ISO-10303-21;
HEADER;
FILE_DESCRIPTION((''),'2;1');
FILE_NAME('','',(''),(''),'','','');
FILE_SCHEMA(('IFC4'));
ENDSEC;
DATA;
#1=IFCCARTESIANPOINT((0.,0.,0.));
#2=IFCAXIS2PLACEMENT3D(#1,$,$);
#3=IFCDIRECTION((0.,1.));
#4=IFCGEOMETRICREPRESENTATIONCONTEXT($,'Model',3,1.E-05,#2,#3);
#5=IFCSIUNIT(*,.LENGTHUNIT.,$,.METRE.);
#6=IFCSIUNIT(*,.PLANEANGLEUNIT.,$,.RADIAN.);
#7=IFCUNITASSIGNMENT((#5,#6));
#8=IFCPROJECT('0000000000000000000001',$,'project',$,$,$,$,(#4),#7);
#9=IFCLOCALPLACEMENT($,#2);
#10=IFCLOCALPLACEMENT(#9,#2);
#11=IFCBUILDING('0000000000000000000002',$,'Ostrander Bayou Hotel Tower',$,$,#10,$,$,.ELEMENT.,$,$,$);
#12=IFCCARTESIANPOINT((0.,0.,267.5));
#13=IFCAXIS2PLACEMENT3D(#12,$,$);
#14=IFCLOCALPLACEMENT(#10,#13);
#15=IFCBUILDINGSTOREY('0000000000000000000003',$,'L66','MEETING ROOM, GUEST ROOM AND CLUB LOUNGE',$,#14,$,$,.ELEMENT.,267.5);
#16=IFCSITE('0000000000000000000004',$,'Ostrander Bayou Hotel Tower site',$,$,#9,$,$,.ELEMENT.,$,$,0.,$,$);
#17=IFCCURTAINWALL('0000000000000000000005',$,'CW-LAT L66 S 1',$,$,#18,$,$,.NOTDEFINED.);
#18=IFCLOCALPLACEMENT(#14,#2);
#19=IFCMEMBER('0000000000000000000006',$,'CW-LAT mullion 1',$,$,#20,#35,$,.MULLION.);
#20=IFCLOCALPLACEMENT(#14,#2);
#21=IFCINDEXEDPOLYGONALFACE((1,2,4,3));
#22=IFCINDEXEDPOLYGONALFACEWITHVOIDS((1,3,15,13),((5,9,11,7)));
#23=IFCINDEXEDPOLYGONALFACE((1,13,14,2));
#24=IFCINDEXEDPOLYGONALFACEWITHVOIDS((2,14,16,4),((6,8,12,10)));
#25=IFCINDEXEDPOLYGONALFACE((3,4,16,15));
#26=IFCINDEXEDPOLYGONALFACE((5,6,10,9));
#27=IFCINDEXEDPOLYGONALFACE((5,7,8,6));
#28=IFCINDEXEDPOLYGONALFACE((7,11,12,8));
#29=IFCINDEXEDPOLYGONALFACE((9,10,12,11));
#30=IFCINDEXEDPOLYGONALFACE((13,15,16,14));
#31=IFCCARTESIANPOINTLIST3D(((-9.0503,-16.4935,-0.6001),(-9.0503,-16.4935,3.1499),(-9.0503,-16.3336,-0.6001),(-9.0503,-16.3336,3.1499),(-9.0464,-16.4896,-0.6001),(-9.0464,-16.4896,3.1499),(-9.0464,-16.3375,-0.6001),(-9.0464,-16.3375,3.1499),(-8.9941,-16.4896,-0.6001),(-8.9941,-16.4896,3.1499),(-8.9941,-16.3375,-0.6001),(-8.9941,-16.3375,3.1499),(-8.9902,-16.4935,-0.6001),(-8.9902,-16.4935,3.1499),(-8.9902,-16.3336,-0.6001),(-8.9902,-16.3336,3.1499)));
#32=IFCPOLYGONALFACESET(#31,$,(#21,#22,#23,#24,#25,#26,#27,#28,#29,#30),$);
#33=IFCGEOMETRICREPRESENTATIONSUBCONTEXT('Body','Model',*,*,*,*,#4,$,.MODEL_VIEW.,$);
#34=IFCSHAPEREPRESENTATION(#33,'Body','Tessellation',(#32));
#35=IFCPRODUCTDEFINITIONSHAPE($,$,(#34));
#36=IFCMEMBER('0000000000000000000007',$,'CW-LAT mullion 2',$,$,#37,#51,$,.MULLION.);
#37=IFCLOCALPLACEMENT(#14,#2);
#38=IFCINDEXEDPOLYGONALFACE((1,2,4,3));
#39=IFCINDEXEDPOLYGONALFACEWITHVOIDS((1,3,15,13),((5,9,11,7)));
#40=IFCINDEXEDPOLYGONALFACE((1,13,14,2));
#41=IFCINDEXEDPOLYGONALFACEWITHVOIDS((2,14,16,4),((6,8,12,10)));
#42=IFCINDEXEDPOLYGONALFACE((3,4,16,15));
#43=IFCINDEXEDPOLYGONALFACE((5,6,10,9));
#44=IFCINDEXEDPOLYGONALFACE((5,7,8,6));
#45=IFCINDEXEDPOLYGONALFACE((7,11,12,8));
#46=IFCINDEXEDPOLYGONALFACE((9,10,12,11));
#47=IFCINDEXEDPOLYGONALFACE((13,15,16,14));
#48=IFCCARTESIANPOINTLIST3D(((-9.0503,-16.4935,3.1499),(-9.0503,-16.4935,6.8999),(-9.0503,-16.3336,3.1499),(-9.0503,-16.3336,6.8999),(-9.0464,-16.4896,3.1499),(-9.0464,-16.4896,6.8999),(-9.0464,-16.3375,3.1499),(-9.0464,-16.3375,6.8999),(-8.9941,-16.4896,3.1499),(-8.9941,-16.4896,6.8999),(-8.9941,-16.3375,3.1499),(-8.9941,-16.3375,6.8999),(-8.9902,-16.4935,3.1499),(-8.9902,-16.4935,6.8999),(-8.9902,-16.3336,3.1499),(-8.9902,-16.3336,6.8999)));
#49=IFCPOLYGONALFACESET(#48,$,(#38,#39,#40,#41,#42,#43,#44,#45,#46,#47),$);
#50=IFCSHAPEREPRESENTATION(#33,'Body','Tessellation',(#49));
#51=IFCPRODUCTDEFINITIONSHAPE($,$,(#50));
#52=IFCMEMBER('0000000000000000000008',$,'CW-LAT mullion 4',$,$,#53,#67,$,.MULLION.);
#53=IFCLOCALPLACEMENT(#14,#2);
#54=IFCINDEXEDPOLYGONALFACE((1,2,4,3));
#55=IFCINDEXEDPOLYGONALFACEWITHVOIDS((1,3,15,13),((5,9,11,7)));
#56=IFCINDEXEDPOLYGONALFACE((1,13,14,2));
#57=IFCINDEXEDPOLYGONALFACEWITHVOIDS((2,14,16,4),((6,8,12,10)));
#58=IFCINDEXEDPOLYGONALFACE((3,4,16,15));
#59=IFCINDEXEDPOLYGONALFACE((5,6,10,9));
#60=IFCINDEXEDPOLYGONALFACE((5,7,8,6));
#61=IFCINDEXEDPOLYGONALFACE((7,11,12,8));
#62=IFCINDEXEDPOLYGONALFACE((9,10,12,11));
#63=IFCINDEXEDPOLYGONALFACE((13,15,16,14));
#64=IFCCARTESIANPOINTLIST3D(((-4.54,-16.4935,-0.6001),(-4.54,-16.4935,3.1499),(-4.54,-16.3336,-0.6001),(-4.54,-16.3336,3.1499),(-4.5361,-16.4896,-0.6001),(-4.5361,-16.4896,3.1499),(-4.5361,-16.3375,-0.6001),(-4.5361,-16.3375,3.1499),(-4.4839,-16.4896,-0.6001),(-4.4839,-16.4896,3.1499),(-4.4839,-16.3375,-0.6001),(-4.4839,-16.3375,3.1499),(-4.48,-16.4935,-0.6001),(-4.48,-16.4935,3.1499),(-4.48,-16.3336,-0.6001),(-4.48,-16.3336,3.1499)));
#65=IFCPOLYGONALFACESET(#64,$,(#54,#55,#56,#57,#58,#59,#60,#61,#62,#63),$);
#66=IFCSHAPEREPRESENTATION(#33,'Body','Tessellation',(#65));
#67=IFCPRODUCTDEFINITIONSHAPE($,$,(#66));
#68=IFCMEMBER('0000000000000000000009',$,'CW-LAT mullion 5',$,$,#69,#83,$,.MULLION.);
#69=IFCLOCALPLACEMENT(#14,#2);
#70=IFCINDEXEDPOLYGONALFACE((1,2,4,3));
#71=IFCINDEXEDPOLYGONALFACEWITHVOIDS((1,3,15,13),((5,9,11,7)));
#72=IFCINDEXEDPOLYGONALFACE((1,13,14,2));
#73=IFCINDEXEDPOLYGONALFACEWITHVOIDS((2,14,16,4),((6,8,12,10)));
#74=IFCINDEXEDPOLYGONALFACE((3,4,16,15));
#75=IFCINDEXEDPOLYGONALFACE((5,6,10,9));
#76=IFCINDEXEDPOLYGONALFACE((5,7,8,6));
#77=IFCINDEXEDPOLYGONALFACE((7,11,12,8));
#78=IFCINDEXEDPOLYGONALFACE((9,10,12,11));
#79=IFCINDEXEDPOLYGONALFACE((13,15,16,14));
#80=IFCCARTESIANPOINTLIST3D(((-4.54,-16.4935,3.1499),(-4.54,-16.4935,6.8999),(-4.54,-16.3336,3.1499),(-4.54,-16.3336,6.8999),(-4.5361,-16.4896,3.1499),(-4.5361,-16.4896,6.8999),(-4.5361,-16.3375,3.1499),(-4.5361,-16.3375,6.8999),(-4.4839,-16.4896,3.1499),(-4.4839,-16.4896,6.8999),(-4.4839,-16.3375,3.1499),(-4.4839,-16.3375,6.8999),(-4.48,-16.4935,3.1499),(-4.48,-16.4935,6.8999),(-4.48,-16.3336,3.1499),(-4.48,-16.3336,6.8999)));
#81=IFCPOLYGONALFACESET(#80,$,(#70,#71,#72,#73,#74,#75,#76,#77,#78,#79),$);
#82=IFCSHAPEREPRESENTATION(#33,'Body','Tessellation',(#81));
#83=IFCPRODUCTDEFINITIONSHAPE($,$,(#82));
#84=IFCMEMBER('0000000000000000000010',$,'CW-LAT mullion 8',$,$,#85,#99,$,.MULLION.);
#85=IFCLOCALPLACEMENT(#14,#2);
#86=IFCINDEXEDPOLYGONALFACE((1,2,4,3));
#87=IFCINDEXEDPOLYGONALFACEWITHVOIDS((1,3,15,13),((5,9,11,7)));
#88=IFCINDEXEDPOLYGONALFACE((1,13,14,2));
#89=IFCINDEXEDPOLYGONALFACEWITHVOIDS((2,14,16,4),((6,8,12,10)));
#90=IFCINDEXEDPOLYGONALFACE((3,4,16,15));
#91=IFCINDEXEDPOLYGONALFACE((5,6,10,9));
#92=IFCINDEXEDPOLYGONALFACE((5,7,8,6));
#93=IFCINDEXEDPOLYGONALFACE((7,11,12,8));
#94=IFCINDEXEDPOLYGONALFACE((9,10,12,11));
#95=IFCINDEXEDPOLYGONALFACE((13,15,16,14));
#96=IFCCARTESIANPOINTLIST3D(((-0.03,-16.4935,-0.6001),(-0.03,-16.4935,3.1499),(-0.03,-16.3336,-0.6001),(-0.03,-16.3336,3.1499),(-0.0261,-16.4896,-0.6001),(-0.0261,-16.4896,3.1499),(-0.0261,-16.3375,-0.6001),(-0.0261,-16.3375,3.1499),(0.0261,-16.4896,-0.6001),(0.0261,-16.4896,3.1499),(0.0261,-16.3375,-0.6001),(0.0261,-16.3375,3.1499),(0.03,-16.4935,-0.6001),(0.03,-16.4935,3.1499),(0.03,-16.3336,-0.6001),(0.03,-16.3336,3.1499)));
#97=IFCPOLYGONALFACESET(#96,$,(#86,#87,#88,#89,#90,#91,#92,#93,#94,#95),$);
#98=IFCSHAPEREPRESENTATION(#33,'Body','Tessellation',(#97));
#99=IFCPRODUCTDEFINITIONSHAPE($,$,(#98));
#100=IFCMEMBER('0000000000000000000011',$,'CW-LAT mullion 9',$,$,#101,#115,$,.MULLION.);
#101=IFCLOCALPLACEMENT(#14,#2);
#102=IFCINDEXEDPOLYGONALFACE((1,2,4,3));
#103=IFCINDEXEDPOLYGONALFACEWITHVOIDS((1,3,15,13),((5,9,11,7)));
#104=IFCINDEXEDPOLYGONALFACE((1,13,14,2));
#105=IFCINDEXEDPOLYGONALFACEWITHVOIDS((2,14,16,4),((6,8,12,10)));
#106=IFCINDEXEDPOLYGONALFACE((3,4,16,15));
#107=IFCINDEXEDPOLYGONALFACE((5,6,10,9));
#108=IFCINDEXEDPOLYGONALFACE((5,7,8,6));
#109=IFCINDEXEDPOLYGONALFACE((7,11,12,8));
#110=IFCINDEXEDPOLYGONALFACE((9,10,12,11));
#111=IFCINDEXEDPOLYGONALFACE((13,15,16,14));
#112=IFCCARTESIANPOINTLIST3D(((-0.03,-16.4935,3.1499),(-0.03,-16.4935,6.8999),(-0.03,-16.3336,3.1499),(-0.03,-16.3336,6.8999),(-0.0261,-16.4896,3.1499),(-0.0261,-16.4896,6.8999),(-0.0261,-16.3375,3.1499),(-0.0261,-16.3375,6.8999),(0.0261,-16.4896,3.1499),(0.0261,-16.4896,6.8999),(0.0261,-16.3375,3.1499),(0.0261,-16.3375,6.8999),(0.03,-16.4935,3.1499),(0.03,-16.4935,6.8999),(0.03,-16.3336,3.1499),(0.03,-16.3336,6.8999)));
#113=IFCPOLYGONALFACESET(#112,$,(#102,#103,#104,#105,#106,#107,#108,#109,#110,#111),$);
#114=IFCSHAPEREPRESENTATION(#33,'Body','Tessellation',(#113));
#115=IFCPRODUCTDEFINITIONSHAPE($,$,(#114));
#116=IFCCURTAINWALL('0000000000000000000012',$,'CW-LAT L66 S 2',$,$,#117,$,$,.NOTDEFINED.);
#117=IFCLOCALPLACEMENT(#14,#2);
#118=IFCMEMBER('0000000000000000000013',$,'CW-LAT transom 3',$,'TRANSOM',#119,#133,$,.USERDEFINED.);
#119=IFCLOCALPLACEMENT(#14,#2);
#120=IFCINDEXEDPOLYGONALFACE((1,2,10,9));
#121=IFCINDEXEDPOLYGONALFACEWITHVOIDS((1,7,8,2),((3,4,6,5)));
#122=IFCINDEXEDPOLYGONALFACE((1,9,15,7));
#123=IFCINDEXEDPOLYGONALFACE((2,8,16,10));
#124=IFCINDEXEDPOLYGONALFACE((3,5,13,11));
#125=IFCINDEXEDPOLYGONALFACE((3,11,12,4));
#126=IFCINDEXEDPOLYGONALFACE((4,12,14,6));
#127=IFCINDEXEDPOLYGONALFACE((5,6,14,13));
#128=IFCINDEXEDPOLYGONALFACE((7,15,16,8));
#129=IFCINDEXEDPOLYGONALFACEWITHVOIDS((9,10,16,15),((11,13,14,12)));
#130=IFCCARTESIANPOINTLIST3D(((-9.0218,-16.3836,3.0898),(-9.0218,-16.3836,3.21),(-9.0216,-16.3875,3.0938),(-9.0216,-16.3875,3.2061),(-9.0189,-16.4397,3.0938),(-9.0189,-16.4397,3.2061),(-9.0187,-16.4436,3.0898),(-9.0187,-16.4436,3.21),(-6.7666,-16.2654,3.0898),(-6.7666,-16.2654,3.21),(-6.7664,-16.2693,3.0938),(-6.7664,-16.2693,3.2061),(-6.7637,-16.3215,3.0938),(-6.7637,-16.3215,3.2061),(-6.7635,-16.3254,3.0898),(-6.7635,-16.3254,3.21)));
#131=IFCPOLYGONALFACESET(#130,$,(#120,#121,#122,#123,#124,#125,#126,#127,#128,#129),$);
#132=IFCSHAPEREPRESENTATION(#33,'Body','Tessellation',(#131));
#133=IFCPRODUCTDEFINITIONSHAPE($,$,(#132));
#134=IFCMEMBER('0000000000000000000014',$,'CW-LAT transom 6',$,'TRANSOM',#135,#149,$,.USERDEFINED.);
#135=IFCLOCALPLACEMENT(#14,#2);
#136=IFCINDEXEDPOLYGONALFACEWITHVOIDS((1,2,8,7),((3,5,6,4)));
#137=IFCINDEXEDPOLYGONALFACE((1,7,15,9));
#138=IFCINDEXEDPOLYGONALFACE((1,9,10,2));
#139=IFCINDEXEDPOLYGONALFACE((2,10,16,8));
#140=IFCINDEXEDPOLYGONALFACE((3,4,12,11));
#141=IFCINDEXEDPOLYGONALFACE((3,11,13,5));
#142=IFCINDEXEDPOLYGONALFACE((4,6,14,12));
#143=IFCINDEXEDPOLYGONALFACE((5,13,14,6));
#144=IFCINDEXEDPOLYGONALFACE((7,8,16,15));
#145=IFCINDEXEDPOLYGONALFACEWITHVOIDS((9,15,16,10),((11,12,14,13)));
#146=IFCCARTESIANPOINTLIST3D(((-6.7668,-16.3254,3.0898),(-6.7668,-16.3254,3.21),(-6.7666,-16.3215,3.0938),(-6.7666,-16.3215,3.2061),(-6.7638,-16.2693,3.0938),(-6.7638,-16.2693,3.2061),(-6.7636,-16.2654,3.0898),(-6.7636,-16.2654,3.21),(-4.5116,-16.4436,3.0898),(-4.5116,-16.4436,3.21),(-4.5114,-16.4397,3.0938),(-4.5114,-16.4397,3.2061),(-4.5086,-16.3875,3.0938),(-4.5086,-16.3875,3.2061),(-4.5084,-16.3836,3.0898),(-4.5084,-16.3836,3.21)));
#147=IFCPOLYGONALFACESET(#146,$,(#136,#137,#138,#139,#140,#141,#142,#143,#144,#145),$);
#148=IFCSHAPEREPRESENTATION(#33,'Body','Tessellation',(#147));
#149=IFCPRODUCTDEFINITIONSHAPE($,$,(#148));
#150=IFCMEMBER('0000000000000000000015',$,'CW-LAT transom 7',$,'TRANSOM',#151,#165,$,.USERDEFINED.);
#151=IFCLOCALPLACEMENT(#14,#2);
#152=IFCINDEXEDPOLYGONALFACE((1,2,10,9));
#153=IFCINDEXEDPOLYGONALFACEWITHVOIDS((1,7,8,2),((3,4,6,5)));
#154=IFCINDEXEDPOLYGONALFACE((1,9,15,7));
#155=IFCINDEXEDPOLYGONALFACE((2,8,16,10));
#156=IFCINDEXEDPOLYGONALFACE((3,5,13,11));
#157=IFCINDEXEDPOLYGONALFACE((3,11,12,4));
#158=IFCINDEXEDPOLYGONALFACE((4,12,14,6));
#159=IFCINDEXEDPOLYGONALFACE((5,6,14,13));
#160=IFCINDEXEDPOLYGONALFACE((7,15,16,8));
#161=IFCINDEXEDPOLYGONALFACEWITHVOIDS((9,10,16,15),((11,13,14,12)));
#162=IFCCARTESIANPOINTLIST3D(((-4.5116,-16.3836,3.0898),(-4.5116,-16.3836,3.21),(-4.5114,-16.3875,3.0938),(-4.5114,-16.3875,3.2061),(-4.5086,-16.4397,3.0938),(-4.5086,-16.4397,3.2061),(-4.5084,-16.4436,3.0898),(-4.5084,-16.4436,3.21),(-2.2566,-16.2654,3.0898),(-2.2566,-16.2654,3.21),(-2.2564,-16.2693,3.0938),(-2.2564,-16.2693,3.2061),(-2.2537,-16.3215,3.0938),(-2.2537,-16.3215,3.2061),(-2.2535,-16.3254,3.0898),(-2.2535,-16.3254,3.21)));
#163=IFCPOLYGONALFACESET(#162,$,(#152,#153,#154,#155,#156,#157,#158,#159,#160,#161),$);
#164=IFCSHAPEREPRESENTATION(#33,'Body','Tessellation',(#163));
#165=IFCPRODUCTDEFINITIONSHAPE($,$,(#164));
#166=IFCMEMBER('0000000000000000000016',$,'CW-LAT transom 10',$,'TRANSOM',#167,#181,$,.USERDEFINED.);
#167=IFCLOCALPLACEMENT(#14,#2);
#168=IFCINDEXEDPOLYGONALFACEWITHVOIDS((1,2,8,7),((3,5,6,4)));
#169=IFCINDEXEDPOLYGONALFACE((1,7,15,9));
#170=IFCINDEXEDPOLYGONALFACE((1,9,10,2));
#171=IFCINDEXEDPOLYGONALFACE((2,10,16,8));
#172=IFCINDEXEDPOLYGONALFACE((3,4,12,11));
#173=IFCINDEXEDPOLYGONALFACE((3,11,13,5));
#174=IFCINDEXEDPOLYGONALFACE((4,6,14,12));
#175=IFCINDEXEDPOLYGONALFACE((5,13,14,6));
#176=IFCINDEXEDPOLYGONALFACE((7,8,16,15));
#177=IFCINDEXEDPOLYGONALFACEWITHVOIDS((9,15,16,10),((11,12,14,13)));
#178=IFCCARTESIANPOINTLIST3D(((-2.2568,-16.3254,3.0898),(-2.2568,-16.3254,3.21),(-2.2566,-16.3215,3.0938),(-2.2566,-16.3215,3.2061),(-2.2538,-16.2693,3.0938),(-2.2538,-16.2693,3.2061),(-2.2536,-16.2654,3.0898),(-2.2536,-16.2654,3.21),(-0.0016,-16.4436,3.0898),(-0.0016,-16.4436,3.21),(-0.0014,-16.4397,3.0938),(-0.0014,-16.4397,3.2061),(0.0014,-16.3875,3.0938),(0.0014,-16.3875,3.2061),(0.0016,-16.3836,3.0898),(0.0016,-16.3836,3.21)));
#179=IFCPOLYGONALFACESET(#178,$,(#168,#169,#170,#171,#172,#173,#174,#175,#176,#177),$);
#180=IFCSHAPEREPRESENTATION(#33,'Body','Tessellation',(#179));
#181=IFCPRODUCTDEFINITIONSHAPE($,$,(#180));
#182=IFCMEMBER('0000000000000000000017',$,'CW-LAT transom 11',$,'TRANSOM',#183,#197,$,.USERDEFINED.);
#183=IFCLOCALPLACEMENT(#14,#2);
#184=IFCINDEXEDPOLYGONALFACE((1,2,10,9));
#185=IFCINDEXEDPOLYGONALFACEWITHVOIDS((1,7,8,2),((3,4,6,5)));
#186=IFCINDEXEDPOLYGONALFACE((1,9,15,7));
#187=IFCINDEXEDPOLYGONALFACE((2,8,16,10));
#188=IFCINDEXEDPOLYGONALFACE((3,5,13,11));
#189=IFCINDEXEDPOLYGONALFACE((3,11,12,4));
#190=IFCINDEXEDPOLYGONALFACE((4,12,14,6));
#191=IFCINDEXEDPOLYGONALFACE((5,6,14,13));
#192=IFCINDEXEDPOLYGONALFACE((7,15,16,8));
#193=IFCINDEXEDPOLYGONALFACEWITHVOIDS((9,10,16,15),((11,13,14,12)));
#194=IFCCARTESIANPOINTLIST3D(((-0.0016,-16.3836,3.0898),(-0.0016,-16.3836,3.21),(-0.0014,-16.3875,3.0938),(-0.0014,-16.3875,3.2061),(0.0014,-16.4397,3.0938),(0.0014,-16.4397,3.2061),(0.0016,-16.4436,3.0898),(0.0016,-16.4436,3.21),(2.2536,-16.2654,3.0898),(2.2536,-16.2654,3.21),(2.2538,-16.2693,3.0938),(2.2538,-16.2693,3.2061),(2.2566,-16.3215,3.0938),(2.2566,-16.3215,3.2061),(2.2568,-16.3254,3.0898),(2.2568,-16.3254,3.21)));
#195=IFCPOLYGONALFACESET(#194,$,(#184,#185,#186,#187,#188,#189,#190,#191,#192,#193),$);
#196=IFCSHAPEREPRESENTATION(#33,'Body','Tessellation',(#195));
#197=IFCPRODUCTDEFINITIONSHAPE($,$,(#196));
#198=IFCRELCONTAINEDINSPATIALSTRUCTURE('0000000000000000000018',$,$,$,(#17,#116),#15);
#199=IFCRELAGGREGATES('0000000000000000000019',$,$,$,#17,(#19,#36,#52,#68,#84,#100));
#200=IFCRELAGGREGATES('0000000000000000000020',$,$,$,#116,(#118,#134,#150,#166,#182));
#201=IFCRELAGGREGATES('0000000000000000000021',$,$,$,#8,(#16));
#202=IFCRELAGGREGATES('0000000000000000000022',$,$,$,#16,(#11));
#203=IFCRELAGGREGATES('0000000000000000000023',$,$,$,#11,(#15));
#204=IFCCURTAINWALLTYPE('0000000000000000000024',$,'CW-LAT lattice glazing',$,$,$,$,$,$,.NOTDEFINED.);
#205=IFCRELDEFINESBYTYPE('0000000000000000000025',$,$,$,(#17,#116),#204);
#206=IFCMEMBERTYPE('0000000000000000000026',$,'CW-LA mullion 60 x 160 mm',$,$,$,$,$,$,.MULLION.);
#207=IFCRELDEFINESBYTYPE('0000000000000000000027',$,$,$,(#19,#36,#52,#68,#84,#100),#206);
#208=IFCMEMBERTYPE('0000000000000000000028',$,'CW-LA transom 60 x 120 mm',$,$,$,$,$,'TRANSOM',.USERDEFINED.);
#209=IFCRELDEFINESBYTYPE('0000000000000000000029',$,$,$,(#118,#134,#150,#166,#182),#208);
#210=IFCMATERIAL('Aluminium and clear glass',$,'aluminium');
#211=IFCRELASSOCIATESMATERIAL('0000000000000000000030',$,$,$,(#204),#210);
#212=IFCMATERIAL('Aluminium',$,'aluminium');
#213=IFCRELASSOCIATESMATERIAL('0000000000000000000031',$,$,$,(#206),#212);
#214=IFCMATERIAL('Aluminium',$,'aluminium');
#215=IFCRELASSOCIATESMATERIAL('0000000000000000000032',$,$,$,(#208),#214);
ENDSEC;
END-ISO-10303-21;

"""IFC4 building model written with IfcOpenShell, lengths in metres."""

from ifc_helpers import new_model, si_unit, direction, frame, origin, origin_2d, place, context, subcontext, project, spatial, hollow_rectangle, extrude, material, material_profile, profile_set, type_object, element, aggregate, save


model = new_model("IFC4")

# Units and contexts
model_context = context("Model", 3, precision=1e-05, world=origin(), true_north=direction((0.0, 1.0)))
body_context = subcontext(model_context, "Body", "Model", "MODEL_VIEW")
ifc_project = project(units=[si_unit("LENGTHUNIT", "METRE"), si_unit("PLANEANGLEUNIT", "RADIAN")], contexts=[model_context])

# Site, building, storey
site_placement = place(None, origin())
site = spatial("IfcSite", under=ifc_project, at=site_placement, Name="Ostrander Bayou Hotel Tower site", CompositionType="ELEMENT", RefElevation=0.0)
building_placement = place(site_placement, origin())
building = spatial("IfcBuilding", under=site, at=building_placement, Name="Ostrander Bayou Hotel Tower", CompositionType="ELEMENT")
storey_placement = place(building_placement, frame((0.0, 0.0, 267.5)))
storey = spatial("IfcBuildingStorey", under=building, at=storey_placement, Name="L66", Description="MEETING ROOM, GUEST ROOM AND CLUB LOUNGE", CompositionType="ELEMENT", Elevation=267.5)

# Curtain walls, members
ifc_material_1 = material(Name="Aluminium and clear glass", Category="aluminium")
curtain_wall_type = type_object("IfcCurtainWallType", Name="CW-LAT lattice glazing", PredefinedType="NOTDEFINED", material=ifc_material_1)
curtain_wall_1_placement = place(storey_placement, origin())
curtain_wall_1 = element("IfcCurtainWall", 1, at=curtain_wall_1_placement, inside=storey, type_object=curtain_wall_type, Name="CW-LAT L66 S 1", PredefinedType="NOTDEFINED")
ifc_material_2 = material(Name="Aluminium", Category="aluminium")
ifc_material_profile_1 = material_profile(ifc_material_2, hollow_rectangle(XDim=0.0601, YDim=0.1599, WallThickness=0.0039, at=origin_2d()))
ifc_profile_set_1 = profile_set([ifc_material_profile_1], Name="Aluminium")
member_type_1 = type_object("IfcMemberType", Name="CW-LA mullion 60 x 160 mm", PredefinedType="MULLION", material=ifc_profile_set_1)
member_1_placement = place(storey_placement, frame((-9.0203, -16.4136, -0.6001), z_axis=(0.0, 0.0, 1.0), x_axis=(1.0, 0.0, 0.0)))
member_1 = element("IfcMember", 2, at=member_1_placement, type_object=member_type_1, Name="CW-LAT mullion 1", PredefinedType="MULLION", context=body_context, shape_type="SweptSolid", body=[
    extrude(hollow_rectangle(XDim=0.0601, YDim=0.1599, WallThickness=0.0039, at=origin_2d()), origin(), (0.0, 0.0, 1.0), 3.75),
])
member_2_placement = place(storey_placement, frame((-9.0203, -16.4136, 3.1499), z_axis=(0.0, 0.0, 1.0), x_axis=(1.0, 0.0, 0.0)))
member_2 = element("IfcMember", 3, at=member_2_placement, type_object=member_type_1, Name="CW-LAT mullion 2", PredefinedType="MULLION", context=body_context, shape_type="SweptSolid", body=[
    extrude(hollow_rectangle(XDim=0.0601, YDim=0.1599, WallThickness=0.0039, at=origin_2d()), origin(), (0.0, 0.0, 1.0), 3.75),
])
member_3_placement = place(storey_placement, frame((-4.51, -16.4136, -0.6001), z_axis=(0.0, 0.0, 1.0), x_axis=(1.0, 0.0, 0.0)))
member_3 = element("IfcMember", 4, at=member_3_placement, type_object=member_type_1, Name="CW-LAT mullion 4", PredefinedType="MULLION", context=body_context, shape_type="SweptSolid", body=[
    extrude(hollow_rectangle(XDim=0.0601, YDim=0.1599, WallThickness=0.0039, at=origin_2d()), origin(), (0.0, 0.0, 1.0), 3.75),
])
member_4_placement = place(storey_placement, frame((-4.51, -16.4136, 3.1499), z_axis=(0.0, 0.0, 1.0), x_axis=(1.0, 0.0, 0.0)))
member_4 = element("IfcMember", 5, at=member_4_placement, type_object=member_type_1, Name="CW-LAT mullion 5", PredefinedType="MULLION", context=body_context, shape_type="SweptSolid", body=[
    extrude(hollow_rectangle(XDim=0.0601, YDim=0.1599, WallThickness=0.0039, at=origin_2d()), origin(), (0.0, 0.0, 1.0), 3.75),
])
member_5_placement = place(storey_placement, frame((0.0, -16.4136, -0.6001), z_axis=(0.0, 0.0, 1.0), x_axis=(1.0, 0.0, 0.0)))
member_5 = element("IfcMember", 6, at=member_5_placement, type_object=member_type_1, Name="CW-LAT mullion 8", PredefinedType="MULLION", context=body_context, shape_type="SweptSolid", body=[
    extrude(hollow_rectangle(XDim=0.0601, YDim=0.1599, WallThickness=0.0039, at=origin_2d()), origin(), (0.0, 0.0, 1.0), 3.75),
])
member_6_placement = place(storey_placement, frame((0.0, -16.4136, 3.1499), z_axis=(0.0, 0.0, 1.0), x_axis=(1.0, 0.0, 0.0)))
member_6 = element("IfcMember", 7, at=member_6_placement, type_object=member_type_1, Name="CW-LAT mullion 9", PredefinedType="MULLION", context=body_context, shape_type="SweptSolid", body=[
    extrude(hollow_rectangle(XDim=0.0601, YDim=0.1599, WallThickness=0.0039, at=origin_2d()), origin(), (0.0, 0.0, 1.0), 3.75),
])
curtain_wall_2_placement = place(storey_placement, origin())
curtain_wall_2 = element("IfcCurtainWall", 8, at=curtain_wall_2_placement, inside=storey, type_object=curtain_wall_type, Name="CW-LAT L66 S 2", PredefinedType="NOTDEFINED")
ifc_material_3 = material(Name="Aluminium", Category="aluminium")
ifc_material_profile_2 = material_profile(ifc_material_3, hollow_rectangle(XDim=0.0601, YDim=0.1201, WallThickness=0.0039, at=origin_2d()))
ifc_profile_set_2 = profile_set([ifc_material_profile_2], Name="Aluminium")
member_type_2 = type_object("IfcMemberType", Name="CW-LA transom 60 x 120 mm", ElementType="TRANSOM", PredefinedType="USERDEFINED", material=ifc_profile_set_2)
member_7_placement = place(storey_placement, frame((-9.0203, -16.4136, 3.1499), z_axis=(0.99863, 0.052326, 0.0), x_axis=(-0.052326, 0.99863, 0.0)))
member_7 = element("IfcMember", 9, at=member_7_placement, type_object=member_type_2, Name="CW-LAT transom 3", ObjectType="TRANSOM", PredefinedType="USERDEFINED", context=body_context, shape_type="SweptSolid", body=[
    extrude(hollow_rectangle(XDim=0.0601, YDim=0.1201, WallThickness=0.0039, at=origin_2d()), origin(), (0.0, 0.0, 1.0), 2.2583),
])
member_8_placement = place(storey_placement, frame((-4.51, -16.4136, 3.1499), z_axis=(-0.99863, 0.052326, 0.0), x_axis=(-0.052326, -0.99863, 0.0)))
member_8 = element("IfcMember", 10, at=member_8_placement, type_object=member_type_2, Name="CW-LAT transom 6", ObjectType="TRANSOM", PredefinedType="USERDEFINED", context=body_context, shape_type="SweptSolid", body=[
    extrude(hollow_rectangle(XDim=0.0601, YDim=0.1201, WallThickness=0.0039, at=origin_2d()), origin(), (0.0, 0.0, 1.0), 2.2583),
])
member_9_placement = place(storey_placement, frame((-4.51, -16.4136, 3.1499), z_axis=(0.99863, 0.052332, 0.0), x_axis=(-0.052332, 0.99863, 0.0)))
member_9 = element("IfcMember", 11, at=member_9_placement, type_object=member_type_2, Name="CW-LAT transom 7", ObjectType="TRANSOM", PredefinedType="USERDEFINED", context=body_context, shape_type="SweptSolid", body=[
    extrude(hollow_rectangle(XDim=0.0601, YDim=0.1201, WallThickness=0.0039, at=origin_2d()), origin(), (0.0, 0.0, 1.0), 2.2581),
])
member_10_placement = place(storey_placement, frame((0.0, -16.4136, 3.1499), z_axis=(-0.99863, 0.052326, 0.0), x_axis=(-0.052326, -0.99863, 0.0)))
member_10 = element("IfcMember", 12, at=member_10_placement, type_object=member_type_2, Name="CW-LAT transom 10", ObjectType="TRANSOM", PredefinedType="USERDEFINED", context=body_context, shape_type="SweptSolid", body=[
    extrude(hollow_rectangle(XDim=0.0601, YDim=0.1201, WallThickness=0.0039, at=origin_2d()), origin(), (0.0, 0.0, 1.0), 2.2583),
])
member_11_placement = place(storey_placement, frame((0.0, -16.4136, 3.1499), z_axis=(0.99863, 0.052326, 0.0), x_axis=(-0.052326, 0.99863, 0.0)))
member_11 = element("IfcMember", 13, at=member_11_placement, type_object=member_type_2, Name="CW-LAT transom 11", ObjectType="TRANSOM", PredefinedType="USERDEFINED", context=body_context, shape_type="SweptSolid", body=[
    extrude(hollow_rectangle(XDim=0.0601, YDim=0.1201, WallThickness=0.0039, at=origin_2d()), origin(), (0.0, 0.0, 1.0), 2.2583),
])

aggregate(curtain_wall_1, [member_1, member_2, member_3, member_4, member_5, member_6])
aggregate(curtain_wall_2, [member_7, member_8, member_9, member_10, member_11])

save(model, "model.ifc")
